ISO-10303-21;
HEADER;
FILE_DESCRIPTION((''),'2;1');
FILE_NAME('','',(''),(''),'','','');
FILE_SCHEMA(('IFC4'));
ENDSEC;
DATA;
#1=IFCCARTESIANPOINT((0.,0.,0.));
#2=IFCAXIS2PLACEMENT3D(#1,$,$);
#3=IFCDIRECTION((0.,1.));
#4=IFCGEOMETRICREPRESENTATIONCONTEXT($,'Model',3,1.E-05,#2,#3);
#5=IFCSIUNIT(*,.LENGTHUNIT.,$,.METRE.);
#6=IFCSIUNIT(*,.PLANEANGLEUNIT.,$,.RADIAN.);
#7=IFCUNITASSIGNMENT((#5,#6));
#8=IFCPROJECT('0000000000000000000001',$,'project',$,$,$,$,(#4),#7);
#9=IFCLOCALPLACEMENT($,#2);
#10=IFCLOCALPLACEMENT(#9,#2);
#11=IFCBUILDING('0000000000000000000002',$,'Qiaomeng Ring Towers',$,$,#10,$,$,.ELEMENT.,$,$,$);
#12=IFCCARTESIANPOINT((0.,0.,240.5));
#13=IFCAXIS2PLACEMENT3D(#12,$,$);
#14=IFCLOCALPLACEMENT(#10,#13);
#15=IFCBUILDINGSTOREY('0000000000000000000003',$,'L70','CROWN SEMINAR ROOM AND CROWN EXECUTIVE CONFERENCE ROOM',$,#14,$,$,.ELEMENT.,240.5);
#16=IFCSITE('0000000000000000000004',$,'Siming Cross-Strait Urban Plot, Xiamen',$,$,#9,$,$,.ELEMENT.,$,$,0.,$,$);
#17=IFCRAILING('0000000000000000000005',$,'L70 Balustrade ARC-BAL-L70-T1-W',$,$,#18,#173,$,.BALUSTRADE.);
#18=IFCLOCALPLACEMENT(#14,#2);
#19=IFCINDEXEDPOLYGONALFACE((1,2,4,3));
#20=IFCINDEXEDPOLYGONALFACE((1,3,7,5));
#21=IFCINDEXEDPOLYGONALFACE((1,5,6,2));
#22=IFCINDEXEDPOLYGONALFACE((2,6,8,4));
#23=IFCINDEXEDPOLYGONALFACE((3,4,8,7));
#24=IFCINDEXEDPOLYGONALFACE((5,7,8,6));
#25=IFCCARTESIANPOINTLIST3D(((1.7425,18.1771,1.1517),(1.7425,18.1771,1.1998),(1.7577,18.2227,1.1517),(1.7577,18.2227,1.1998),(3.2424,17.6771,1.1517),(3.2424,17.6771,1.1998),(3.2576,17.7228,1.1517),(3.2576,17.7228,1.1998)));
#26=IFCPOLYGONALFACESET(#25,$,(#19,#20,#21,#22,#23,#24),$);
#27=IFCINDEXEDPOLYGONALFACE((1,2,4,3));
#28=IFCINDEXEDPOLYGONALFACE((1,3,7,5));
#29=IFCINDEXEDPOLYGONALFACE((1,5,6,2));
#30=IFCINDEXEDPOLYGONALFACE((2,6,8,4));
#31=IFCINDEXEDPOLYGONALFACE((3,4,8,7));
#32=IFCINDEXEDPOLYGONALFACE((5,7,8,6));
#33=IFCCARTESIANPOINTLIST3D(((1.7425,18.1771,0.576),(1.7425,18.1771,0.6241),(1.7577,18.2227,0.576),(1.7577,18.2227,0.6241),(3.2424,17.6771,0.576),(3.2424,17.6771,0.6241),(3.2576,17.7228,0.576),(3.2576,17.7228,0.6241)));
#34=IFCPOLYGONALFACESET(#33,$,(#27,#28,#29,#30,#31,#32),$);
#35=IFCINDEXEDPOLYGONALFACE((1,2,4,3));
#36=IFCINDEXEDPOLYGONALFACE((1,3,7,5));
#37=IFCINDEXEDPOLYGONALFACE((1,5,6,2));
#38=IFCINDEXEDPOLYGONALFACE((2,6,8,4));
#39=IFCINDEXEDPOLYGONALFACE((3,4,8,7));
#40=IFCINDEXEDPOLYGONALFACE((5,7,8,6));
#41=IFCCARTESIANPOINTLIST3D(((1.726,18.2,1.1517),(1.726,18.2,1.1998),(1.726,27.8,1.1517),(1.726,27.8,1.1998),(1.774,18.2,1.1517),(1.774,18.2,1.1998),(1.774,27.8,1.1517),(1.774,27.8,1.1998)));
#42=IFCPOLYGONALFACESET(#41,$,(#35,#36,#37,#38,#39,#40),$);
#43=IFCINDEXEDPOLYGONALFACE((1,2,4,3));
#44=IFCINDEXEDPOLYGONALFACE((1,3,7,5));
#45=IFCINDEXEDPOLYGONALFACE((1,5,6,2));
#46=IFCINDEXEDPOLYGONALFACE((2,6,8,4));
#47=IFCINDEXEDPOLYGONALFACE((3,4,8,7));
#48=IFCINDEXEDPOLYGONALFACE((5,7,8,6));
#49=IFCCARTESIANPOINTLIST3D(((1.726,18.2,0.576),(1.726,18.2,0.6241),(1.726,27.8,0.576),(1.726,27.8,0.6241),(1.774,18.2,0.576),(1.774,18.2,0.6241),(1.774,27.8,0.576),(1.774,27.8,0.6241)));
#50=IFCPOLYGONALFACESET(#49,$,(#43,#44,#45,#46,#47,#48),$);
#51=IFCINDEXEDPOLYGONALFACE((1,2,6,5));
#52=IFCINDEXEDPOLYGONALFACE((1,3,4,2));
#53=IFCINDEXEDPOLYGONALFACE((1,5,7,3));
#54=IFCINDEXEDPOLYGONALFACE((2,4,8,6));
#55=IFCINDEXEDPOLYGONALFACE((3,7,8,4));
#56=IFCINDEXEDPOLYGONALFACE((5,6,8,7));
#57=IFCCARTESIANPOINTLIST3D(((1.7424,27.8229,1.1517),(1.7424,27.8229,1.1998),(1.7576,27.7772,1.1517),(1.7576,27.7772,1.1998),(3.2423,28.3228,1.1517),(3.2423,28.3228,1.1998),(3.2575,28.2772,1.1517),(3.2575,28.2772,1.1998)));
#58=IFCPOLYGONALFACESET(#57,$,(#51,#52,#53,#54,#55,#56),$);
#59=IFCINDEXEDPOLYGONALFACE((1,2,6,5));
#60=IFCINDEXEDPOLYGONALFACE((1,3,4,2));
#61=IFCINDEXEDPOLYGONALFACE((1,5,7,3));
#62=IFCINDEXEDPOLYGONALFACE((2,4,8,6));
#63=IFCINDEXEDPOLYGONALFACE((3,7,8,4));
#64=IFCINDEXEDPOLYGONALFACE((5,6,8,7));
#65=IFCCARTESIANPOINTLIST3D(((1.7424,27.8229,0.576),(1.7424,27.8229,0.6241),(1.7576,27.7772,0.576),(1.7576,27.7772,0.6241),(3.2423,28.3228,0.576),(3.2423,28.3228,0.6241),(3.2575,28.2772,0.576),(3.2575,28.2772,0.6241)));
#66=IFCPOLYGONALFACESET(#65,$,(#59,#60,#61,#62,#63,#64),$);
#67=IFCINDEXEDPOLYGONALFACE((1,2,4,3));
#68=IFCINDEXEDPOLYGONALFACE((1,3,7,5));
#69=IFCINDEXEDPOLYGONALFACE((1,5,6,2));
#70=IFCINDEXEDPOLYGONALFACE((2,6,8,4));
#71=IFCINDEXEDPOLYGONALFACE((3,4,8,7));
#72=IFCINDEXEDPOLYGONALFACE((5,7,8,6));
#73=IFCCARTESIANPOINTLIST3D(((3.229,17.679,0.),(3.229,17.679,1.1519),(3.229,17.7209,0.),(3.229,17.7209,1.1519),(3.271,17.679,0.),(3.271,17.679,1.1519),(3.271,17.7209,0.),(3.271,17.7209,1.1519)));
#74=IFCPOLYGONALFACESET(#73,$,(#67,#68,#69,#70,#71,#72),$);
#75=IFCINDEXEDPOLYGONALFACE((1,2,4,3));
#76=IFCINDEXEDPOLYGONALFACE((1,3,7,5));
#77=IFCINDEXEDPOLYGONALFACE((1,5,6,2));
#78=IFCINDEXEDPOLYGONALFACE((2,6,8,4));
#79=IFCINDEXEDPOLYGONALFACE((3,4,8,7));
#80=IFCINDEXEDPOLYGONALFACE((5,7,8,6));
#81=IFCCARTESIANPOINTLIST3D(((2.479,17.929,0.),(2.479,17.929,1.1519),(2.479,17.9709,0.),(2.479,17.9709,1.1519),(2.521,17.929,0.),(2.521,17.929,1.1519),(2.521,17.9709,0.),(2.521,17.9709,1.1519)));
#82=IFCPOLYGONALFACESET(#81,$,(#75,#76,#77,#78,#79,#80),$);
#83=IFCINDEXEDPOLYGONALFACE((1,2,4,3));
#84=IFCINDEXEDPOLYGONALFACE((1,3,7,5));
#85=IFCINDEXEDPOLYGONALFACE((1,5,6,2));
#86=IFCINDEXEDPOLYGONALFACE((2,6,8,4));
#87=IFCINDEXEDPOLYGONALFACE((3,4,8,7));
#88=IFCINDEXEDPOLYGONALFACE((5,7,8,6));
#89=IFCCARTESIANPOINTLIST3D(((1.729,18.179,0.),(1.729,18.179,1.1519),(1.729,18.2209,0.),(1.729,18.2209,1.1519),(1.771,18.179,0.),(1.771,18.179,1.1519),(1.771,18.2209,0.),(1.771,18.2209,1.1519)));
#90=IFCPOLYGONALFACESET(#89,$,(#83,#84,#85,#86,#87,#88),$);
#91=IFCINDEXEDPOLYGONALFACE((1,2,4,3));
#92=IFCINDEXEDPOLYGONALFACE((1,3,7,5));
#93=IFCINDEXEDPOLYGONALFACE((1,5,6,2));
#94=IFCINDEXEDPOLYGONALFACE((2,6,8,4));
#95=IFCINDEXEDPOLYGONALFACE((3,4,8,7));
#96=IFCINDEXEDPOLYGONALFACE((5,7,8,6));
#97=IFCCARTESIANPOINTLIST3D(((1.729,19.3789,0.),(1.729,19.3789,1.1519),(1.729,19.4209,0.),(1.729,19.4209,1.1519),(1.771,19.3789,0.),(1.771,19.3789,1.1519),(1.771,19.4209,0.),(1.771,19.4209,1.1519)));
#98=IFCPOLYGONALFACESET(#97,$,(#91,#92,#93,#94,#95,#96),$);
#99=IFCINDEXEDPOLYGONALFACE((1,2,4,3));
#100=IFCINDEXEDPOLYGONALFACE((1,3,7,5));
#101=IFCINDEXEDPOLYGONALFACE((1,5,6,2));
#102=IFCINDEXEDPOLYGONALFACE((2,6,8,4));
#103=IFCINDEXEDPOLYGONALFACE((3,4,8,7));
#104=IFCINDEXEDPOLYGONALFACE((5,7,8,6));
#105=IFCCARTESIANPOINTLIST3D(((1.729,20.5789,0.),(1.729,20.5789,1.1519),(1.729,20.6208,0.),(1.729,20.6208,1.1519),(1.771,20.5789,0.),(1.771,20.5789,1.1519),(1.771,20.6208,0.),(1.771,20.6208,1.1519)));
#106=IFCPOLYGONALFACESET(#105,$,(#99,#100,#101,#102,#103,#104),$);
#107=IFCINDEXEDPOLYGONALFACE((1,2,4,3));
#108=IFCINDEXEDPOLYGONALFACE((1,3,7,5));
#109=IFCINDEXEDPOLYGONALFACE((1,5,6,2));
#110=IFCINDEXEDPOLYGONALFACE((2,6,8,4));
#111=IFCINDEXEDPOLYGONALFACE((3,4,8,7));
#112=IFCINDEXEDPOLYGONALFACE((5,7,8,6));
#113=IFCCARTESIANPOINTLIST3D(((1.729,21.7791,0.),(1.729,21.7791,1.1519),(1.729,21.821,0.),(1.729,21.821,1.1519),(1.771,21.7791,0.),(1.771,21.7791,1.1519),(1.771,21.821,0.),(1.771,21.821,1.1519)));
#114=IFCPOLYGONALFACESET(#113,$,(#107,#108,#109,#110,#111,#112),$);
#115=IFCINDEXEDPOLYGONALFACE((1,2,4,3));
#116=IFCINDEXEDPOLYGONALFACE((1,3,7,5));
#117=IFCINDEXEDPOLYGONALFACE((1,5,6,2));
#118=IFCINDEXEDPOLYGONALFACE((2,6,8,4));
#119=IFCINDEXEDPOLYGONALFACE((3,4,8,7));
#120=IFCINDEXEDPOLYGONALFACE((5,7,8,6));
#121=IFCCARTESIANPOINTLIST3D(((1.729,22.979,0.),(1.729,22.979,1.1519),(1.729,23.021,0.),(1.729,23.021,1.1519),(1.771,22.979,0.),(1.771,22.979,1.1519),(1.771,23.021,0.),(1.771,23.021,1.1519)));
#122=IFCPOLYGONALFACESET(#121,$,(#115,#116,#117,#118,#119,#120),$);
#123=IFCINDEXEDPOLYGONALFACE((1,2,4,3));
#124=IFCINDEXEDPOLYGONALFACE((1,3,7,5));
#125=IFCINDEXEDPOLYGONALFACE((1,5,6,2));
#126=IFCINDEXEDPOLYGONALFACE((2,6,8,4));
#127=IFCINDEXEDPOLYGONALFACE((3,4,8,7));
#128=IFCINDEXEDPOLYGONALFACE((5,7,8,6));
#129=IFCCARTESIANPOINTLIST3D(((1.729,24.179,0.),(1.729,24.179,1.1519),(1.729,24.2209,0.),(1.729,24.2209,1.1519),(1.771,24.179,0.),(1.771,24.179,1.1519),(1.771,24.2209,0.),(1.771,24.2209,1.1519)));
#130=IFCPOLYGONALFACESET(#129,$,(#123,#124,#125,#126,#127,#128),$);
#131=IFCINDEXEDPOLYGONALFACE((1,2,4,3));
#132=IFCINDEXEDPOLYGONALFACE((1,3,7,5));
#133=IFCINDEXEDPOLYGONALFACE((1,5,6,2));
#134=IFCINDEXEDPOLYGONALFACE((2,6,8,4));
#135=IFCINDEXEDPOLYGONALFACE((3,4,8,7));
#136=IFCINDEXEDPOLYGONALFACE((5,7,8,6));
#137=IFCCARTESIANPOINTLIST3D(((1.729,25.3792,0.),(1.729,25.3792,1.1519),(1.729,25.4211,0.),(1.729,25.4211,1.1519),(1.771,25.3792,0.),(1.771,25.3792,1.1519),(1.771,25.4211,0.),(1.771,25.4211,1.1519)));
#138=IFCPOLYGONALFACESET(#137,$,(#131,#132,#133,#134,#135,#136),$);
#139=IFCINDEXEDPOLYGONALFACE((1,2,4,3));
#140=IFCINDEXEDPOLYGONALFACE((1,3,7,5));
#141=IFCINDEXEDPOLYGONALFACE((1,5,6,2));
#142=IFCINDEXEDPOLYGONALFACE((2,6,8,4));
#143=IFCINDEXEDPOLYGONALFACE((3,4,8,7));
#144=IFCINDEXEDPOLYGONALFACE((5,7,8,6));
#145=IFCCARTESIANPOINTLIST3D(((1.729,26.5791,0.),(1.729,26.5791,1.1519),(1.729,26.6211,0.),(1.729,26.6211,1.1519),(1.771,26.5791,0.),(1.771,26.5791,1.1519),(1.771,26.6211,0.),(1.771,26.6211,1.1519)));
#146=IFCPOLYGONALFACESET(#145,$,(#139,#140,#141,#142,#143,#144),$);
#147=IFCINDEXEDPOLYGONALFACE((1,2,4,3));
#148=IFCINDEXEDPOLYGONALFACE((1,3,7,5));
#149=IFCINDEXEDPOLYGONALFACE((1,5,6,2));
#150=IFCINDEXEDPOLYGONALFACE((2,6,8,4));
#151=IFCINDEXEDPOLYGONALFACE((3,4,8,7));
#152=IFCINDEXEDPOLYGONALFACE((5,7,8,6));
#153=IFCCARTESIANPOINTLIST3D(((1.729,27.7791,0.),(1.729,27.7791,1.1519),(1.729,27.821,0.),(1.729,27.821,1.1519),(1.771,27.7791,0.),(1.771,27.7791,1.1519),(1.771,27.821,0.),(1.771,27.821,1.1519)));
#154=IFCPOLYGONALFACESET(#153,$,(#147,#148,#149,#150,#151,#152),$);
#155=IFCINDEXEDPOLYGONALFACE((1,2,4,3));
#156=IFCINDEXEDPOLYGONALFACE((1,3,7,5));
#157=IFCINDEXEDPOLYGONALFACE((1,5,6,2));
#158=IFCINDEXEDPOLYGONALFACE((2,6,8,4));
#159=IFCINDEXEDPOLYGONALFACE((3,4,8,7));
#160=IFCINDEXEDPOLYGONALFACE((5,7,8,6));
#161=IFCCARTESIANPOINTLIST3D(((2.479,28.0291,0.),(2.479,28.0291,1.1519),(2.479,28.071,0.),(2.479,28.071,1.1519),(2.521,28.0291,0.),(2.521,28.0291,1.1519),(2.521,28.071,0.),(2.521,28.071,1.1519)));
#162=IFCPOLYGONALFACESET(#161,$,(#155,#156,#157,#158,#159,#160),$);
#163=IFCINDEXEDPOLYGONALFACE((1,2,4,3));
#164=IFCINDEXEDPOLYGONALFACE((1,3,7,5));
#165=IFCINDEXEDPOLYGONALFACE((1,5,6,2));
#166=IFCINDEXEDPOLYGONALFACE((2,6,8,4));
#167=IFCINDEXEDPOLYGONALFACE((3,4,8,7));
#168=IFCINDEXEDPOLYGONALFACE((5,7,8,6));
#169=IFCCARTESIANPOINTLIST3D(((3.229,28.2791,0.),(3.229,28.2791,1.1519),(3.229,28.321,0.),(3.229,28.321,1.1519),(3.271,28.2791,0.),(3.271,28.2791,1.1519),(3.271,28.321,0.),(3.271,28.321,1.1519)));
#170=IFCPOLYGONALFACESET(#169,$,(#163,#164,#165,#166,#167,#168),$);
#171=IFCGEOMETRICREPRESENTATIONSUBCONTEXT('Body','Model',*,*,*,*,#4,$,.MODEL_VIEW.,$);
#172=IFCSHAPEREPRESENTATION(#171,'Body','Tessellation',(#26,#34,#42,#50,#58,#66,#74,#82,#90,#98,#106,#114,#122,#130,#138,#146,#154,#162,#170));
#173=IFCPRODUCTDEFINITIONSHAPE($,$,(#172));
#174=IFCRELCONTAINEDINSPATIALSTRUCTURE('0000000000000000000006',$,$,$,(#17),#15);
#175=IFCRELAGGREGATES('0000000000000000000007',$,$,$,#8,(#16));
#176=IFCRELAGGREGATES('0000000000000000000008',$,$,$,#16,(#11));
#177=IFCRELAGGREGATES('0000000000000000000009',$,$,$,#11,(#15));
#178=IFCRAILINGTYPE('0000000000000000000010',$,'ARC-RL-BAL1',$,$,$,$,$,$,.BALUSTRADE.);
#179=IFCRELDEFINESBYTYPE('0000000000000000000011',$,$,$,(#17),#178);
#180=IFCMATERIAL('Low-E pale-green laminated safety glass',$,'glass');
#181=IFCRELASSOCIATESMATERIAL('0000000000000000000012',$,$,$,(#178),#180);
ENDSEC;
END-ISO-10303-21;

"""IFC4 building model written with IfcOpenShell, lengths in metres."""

from ifc_helpers import new_model, si_unit, direction, frame, origin, origin_2d, place, context, subcontext, project, spatial, rectangle, extrude, material, type_object, element, save


model = new_model("IFC4")

# Units and contexts
model_context = context("Model", 3, precision=1e-05, world=origin(), true_north=direction((0.0, 1.0)))
body_context = subcontext(model_context, "Body", "Model", "MODEL_VIEW")
ifc_project = project(units=[si_unit("LENGTHUNIT", "METRE"), si_unit("PLANEANGLEUNIT", "RADIAN")], contexts=[model_context])

# Site, building, storey
site_placement = place(None, origin())
site = spatial("IfcSite", under=ifc_project, at=site_placement, Name="Siming Cross-Strait Urban Plot, Xiamen", CompositionType="ELEMENT", RefElevation=0.0)
building_placement = place(site_placement, origin())
building = spatial("IfcBuilding", under=site, at=building_placement, Name="Qiaomeng Ring Towers", CompositionType="ELEMENT")
storey_placement = place(building_placement, frame((0.0, 0.0, 240.5)))
storey = spatial("IfcBuildingStorey", under=building, at=storey_placement, Name="L70", Description="CROWN SEMINAR ROOM AND CROWN EXECUTIVE CONFERENCE ROOM", CompositionType="ELEMENT", Elevation=240.5)

# Railing
ifc_material_1 = material(Name="Low-E pale-green laminated safety glass", Category="glass")
railing_type = type_object("IfcRailingType", Name="ARC-RL-BAL1", PredefinedType="BALUSTRADE", material=ifc_material_1)
railing_1_placement = place(storey_placement, frame((3.25, 17.7, 0.0)))
element("IfcRailing", 1, at=railing_1_placement, inside=storey, type_object=railing_type, Name="L70 Balustrade ARC-BAL-L70-T1-W", PredefinedType="BALUSTRADE", context=body_context, shape_type="SweptSolid", body=[
    extrude(rectangle(XDim=0.0481, YDim=0.0481, at=origin_2d()), frame((0.0, 0.0, 1.1758), z_axis=(-0.948683, 0.316228, 0.0), x_axis=(-0.316228, -0.948683, 0.0)), (0.0, 0.0, 1.0), 1.5811),
    extrude(rectangle(XDim=0.0481, YDim=0.0481, at=origin_2d()), frame((0.0, 0.0, 0.6001), z_axis=(-0.948683, 0.316228, 0.0), x_axis=(-0.316228, -0.948683, 0.0)), (0.0, 0.0, 1.0), 1.5811),
    extrude(rectangle(XDim=0.0481, YDim=0.0481, at=origin_2d()), frame((-1.5, 0.5, 1.1758), z_axis=(0.0, 1.0, 0.0), x_axis=(-1.0, 0.0, 0.0)), (0.0, 0.0, 1.0), 9.6001),
    extrude(rectangle(XDim=0.0481, YDim=0.0481, at=origin_2d()), frame((-1.5, 0.5, 0.6001), z_axis=(0.0, 1.0, 0.0), x_axis=(-1.0, 0.0, 0.0)), (0.0, 0.0, 1.0), 9.6001),
    extrude(rectangle(XDim=0.0481, YDim=0.0481, at=origin_2d()), frame((-1.5, 10.1001, 1.1758), z_axis=(0.948683, 0.316228, 0.0), x_axis=(-0.316228, 0.948683, 0.0)), (0.0, 0.0, 1.0), 1.5811),
    extrude(rectangle(XDim=0.0481, YDim=0.0481, at=origin_2d()), frame((-1.5, 10.1001, 0.6001), z_axis=(0.948683, 0.316228, 0.0), x_axis=(-0.316228, 0.948683, 0.0)), (0.0, 0.0, 1.0), 1.5811),
    extrude(rectangle(XDim=0.042, YDim=0.042, at=origin_2d()), origin(), (0.0, 0.0, 1.0), 1.1519),
    extrude(rectangle(XDim=0.042, YDim=0.042, at=origin_2d()), frame((-0.75, 0.25, 0.0)), (0.0, 0.0, 1.0), 1.1519),
    extrude(rectangle(XDim=0.042, YDim=0.042, at=origin_2d()), frame((-1.5, 0.5, 0.0)), (0.0, 0.0, 1.0), 1.1519),
    extrude(rectangle(XDim=0.042, YDim=0.042, at=origin_2d()), frame((-1.5, 1.7, 0.0)), (0.0, 0.0, 1.0), 1.1519),
    extrude(rectangle(XDim=0.042, YDim=0.042, at=origin_2d()), frame((-1.5, 2.8999, 0.0)), (0.0, 0.0, 1.0), 1.1519),
    extrude(rectangle(XDim=0.042, YDim=0.042, at=origin_2d()), frame((-1.5, 4.1001, 0.0)), (0.0, 0.0, 1.0), 1.1519),
    extrude(rectangle(XDim=0.042, YDim=0.042, at=origin_2d()), frame((-1.5, 5.3, 0.0)), (0.0, 0.0, 1.0), 1.1519),
    extrude(rectangle(XDim=0.042, YDim=0.042, at=origin_2d()), frame((-1.5, 6.5, 0.0)), (0.0, 0.0, 1.0), 1.1519),
    extrude(rectangle(XDim=0.042, YDim=0.042, at=origin_2d()), frame((-1.5, 7.7002, 0.0)), (0.0, 0.0, 1.0), 1.1519),
    extrude(rectangle(XDim=0.042, YDim=0.042, at=origin_2d()), frame((-1.5, 8.9001, 0.0)), (0.0, 0.0, 1.0), 1.1519),
    extrude(rectangle(XDim=0.042, YDim=0.042, at=origin_2d()), frame((-1.5, 10.1001, 0.0)), (0.0, 0.0, 1.0), 1.1519),
    extrude(rectangle(XDim=0.042, YDim=0.042, at=origin_2d()), frame((-0.75, 10.3501, 0.0)), (0.0, 0.0, 1.0), 1.1519),
    extrude(rectangle(XDim=0.042, YDim=0.042, at=origin_2d()), frame((0.0, 10.6001, 0.0)), (0.0, 0.0, 1.0), 1.1519),
])

save(model, "model.ifc")
